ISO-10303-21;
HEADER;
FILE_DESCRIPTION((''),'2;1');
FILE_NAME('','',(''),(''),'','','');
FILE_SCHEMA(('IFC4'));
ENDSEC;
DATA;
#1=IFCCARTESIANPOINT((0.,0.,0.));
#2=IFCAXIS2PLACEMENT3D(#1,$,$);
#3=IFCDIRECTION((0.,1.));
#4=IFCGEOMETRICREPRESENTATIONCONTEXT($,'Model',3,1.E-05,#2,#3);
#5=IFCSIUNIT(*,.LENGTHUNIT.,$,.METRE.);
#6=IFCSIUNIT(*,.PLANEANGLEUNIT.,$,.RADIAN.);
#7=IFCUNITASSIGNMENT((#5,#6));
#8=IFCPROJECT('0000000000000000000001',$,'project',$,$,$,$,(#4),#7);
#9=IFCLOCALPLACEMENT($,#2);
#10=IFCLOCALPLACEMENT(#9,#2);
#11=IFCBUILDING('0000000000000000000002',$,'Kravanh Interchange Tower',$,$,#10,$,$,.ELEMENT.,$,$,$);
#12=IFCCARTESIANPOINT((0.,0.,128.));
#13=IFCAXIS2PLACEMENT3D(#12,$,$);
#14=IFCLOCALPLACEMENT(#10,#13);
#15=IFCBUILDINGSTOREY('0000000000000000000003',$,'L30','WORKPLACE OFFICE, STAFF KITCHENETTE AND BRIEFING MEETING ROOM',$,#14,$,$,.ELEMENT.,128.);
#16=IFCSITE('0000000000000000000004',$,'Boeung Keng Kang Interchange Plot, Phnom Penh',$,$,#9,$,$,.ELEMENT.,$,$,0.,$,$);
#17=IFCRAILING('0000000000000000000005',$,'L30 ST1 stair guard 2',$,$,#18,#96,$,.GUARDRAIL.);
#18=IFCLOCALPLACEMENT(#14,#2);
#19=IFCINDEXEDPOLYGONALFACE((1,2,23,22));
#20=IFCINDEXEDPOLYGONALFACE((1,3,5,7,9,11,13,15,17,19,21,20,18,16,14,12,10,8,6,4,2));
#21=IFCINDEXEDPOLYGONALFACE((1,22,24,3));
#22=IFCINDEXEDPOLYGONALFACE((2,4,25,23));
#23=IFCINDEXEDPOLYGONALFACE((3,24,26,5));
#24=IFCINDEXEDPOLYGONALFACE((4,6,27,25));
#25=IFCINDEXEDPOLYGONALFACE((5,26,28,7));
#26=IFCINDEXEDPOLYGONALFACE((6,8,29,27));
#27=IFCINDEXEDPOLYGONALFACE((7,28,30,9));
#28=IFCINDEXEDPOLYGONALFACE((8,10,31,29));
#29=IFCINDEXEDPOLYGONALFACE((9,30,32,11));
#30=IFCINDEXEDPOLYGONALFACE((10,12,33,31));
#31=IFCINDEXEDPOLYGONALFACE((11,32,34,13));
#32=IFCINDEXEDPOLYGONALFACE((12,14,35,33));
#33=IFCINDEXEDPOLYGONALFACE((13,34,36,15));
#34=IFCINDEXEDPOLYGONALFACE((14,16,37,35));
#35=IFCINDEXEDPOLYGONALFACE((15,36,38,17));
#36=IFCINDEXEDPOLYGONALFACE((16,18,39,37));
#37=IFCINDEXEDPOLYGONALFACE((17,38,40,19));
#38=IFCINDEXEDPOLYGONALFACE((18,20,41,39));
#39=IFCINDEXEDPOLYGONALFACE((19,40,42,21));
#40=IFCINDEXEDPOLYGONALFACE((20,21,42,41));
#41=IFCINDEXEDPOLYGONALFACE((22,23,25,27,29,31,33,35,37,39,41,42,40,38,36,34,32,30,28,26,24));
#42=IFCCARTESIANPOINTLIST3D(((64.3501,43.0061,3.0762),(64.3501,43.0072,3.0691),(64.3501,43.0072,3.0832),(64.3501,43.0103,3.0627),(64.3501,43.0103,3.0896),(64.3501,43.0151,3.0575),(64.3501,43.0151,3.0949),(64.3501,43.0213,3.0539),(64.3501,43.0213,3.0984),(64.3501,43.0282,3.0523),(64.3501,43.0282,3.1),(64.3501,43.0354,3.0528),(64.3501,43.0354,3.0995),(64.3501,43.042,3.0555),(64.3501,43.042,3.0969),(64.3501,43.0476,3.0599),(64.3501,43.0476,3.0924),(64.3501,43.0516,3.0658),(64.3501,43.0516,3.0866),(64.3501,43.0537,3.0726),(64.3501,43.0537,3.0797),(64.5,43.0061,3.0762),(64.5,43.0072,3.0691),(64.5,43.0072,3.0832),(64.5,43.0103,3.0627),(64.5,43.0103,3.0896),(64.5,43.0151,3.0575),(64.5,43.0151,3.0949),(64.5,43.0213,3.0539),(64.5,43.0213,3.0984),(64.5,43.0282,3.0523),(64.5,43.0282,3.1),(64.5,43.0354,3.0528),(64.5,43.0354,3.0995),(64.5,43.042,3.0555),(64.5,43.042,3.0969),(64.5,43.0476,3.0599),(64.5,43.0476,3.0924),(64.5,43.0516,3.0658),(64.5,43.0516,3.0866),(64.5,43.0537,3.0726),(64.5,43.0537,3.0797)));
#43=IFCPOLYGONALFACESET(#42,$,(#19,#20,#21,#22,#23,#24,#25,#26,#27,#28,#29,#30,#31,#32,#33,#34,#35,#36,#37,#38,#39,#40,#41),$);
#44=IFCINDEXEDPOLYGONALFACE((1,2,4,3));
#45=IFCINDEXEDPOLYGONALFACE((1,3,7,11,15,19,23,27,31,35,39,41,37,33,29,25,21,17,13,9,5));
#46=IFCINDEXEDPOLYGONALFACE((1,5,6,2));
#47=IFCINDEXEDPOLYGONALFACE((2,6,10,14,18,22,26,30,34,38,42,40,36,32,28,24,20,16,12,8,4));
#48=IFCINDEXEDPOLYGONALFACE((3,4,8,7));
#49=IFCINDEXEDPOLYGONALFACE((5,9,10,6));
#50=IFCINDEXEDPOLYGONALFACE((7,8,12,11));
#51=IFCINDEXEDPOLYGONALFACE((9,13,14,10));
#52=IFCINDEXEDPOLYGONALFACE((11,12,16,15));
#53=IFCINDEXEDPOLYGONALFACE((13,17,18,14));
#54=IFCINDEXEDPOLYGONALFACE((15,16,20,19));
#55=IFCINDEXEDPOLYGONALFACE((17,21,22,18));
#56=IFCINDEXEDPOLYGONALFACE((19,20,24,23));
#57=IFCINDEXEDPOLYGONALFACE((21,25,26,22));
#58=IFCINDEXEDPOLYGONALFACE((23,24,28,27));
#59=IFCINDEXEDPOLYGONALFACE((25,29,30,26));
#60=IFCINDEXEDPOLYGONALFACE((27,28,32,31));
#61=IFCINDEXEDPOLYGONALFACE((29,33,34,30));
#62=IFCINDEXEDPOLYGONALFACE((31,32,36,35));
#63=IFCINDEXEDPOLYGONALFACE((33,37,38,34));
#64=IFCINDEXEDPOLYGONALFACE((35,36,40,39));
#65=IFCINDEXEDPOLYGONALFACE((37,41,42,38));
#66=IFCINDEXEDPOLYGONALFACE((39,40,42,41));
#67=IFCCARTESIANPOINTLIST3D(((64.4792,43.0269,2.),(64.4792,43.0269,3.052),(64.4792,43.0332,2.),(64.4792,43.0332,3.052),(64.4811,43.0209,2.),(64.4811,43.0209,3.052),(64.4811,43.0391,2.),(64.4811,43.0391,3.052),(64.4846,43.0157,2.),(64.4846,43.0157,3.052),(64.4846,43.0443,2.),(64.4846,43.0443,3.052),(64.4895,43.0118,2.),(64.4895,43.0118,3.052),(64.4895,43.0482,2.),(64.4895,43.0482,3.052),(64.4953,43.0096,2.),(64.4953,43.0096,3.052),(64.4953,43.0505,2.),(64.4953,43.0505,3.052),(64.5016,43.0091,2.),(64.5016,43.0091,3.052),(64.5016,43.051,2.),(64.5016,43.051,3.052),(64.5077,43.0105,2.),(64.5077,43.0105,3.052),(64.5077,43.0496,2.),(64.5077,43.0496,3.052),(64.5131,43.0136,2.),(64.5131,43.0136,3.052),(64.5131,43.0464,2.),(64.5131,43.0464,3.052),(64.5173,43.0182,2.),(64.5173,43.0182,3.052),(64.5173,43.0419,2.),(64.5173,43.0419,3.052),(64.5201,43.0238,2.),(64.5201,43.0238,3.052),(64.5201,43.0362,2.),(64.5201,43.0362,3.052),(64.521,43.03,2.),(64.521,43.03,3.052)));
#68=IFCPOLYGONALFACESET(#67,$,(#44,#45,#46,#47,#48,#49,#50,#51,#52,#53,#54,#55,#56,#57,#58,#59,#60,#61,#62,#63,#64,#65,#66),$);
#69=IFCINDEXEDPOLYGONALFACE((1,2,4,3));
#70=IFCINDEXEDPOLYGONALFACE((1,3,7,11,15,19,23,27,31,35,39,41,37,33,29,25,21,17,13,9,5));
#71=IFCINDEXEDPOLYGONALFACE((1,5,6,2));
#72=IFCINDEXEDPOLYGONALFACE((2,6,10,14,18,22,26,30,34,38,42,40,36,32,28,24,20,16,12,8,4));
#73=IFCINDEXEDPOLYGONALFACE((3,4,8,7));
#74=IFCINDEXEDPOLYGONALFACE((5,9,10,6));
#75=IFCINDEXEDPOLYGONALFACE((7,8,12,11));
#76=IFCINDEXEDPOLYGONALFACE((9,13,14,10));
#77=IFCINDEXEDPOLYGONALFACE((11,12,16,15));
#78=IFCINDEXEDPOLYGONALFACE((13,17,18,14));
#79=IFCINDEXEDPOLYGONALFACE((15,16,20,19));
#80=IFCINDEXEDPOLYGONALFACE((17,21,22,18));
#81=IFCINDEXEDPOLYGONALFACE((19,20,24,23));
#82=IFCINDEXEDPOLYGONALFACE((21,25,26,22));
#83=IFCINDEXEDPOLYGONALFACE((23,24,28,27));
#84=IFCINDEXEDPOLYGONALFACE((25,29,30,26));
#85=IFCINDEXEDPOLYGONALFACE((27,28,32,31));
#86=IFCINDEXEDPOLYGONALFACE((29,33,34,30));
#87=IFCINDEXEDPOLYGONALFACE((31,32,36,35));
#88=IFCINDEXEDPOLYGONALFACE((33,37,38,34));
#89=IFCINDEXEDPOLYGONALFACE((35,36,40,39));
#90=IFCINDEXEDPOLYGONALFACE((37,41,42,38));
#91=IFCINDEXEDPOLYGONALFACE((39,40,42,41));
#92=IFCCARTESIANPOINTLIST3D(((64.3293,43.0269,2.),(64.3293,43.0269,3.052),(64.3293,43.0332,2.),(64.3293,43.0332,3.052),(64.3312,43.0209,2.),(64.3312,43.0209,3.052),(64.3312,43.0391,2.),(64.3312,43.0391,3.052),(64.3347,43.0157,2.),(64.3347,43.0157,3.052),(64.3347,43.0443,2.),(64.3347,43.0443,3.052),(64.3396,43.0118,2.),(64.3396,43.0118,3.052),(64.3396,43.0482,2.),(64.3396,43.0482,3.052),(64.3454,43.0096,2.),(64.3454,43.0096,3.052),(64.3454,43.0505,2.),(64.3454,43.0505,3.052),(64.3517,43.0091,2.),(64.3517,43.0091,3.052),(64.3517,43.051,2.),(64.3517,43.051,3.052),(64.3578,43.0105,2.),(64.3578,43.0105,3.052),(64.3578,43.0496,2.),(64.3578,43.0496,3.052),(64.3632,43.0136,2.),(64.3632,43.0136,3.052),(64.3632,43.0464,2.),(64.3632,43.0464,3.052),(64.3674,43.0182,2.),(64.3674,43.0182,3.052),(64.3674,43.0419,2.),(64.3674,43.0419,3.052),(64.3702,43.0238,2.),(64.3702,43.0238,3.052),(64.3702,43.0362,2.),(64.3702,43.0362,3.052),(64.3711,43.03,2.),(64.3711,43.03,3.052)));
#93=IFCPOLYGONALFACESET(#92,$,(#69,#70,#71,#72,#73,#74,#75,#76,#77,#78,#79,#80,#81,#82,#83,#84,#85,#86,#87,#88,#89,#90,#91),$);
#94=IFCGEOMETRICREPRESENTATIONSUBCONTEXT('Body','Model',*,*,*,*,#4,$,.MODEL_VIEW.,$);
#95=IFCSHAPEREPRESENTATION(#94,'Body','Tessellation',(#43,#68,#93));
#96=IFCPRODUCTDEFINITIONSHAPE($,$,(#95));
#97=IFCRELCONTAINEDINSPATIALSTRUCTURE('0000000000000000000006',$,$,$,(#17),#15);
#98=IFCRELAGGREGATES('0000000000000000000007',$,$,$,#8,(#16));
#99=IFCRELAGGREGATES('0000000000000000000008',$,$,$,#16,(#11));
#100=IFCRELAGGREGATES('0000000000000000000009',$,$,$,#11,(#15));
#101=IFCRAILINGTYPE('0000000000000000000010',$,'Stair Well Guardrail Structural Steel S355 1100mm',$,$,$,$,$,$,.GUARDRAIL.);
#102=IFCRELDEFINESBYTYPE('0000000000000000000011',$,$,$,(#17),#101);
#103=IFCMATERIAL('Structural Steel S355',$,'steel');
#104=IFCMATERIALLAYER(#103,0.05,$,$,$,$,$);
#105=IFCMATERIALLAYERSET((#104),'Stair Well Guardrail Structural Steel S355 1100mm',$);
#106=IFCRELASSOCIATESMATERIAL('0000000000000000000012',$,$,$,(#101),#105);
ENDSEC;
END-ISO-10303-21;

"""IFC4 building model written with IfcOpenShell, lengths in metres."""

from ifc_helpers import new_model, si_unit, direction, frame, origin, origin_2d, place, context, subcontext, project, spatial, circle, extrude, material, layer, layer_set, type_object, element, save


model = new_model("IFC4")

# Units and contexts
model_context = context("Model", 3, precision=1e-05, world=origin(), true_north=direction((0.0, 1.0)))
body_context = subcontext(model_context, "Body", "Model", "MODEL_VIEW")
ifc_project = project(units=[si_unit("LENGTHUNIT", "METRE"), si_unit("PLANEANGLEUNIT", "RADIAN")], contexts=[model_context])

# Site, building, storey
site_placement = place(None, origin())
site = spatial("IfcSite", under=ifc_project, at=site_placement, Name="Boeung Keng Kang Interchange Plot, Phnom Penh", CompositionType="ELEMENT", RefElevation=0.0)
building_placement = place(site_placement, origin())
building = spatial("IfcBuilding", under=site, at=building_placement, Name="Kravanh Interchange Tower", CompositionType="ELEMENT")
storey_placement = place(building_placement, frame((0.0, 0.0, 128.0)))
storey = spatial("IfcBuildingStorey", under=building, at=storey_placement, Name="L30", Description="WORKPLACE OFFICE, STAFF KITCHENETTE AND BRIEFING MEETING ROOM", CompositionType="ELEMENT", Elevation=128.0)

# Railing
ifc_material_1 = material(Name="Structural Steel S355", Category="steel")
ifc_layer_1 = layer(ifc_material_1, 0.05)
ifc_layer_set_1 = layer_set([ifc_layer_1], Name="Stair Well Guardrail Structural Steel S355 1100mm")
railing_type_1 = type_object("IfcRailingType", Name="Stair Well Guardrail Structural Steel S355 1100mm", PredefinedType="GUARDRAIL", material=ifc_layer_set_1)
railing_1_placement = place(storey_placement, frame((64.5, 43.03, 2.0)))
element("IfcRailing", 1, at=railing_1_placement, inside=storey, type_object=railing_type_1, Name="L30 ST1 stair guard 2", PredefinedType="GUARDRAIL", context=body_context, shape_type="SweptSolid", body=[
    extrude(circle(Radius=0.0239, at=origin_2d()), frame((0.0, 0.0, 1.0762), z_axis=(-1.0, 0.0, 0.0), x_axis=(0.0, -1.0, 0.0)), (0.0, 0.0, 1.0), 0.1499),
    extrude(circle(Radius=0.021, at=origin_2d()), origin(), (0.0, 0.0, 1.0), 1.052),
    extrude(circle(Radius=0.021, at=origin_2d()), frame((-0.1499, 0.0, 0.0)), (0.0, 0.0, 1.0), 1.052),
])

save(model, "model.ifc")
